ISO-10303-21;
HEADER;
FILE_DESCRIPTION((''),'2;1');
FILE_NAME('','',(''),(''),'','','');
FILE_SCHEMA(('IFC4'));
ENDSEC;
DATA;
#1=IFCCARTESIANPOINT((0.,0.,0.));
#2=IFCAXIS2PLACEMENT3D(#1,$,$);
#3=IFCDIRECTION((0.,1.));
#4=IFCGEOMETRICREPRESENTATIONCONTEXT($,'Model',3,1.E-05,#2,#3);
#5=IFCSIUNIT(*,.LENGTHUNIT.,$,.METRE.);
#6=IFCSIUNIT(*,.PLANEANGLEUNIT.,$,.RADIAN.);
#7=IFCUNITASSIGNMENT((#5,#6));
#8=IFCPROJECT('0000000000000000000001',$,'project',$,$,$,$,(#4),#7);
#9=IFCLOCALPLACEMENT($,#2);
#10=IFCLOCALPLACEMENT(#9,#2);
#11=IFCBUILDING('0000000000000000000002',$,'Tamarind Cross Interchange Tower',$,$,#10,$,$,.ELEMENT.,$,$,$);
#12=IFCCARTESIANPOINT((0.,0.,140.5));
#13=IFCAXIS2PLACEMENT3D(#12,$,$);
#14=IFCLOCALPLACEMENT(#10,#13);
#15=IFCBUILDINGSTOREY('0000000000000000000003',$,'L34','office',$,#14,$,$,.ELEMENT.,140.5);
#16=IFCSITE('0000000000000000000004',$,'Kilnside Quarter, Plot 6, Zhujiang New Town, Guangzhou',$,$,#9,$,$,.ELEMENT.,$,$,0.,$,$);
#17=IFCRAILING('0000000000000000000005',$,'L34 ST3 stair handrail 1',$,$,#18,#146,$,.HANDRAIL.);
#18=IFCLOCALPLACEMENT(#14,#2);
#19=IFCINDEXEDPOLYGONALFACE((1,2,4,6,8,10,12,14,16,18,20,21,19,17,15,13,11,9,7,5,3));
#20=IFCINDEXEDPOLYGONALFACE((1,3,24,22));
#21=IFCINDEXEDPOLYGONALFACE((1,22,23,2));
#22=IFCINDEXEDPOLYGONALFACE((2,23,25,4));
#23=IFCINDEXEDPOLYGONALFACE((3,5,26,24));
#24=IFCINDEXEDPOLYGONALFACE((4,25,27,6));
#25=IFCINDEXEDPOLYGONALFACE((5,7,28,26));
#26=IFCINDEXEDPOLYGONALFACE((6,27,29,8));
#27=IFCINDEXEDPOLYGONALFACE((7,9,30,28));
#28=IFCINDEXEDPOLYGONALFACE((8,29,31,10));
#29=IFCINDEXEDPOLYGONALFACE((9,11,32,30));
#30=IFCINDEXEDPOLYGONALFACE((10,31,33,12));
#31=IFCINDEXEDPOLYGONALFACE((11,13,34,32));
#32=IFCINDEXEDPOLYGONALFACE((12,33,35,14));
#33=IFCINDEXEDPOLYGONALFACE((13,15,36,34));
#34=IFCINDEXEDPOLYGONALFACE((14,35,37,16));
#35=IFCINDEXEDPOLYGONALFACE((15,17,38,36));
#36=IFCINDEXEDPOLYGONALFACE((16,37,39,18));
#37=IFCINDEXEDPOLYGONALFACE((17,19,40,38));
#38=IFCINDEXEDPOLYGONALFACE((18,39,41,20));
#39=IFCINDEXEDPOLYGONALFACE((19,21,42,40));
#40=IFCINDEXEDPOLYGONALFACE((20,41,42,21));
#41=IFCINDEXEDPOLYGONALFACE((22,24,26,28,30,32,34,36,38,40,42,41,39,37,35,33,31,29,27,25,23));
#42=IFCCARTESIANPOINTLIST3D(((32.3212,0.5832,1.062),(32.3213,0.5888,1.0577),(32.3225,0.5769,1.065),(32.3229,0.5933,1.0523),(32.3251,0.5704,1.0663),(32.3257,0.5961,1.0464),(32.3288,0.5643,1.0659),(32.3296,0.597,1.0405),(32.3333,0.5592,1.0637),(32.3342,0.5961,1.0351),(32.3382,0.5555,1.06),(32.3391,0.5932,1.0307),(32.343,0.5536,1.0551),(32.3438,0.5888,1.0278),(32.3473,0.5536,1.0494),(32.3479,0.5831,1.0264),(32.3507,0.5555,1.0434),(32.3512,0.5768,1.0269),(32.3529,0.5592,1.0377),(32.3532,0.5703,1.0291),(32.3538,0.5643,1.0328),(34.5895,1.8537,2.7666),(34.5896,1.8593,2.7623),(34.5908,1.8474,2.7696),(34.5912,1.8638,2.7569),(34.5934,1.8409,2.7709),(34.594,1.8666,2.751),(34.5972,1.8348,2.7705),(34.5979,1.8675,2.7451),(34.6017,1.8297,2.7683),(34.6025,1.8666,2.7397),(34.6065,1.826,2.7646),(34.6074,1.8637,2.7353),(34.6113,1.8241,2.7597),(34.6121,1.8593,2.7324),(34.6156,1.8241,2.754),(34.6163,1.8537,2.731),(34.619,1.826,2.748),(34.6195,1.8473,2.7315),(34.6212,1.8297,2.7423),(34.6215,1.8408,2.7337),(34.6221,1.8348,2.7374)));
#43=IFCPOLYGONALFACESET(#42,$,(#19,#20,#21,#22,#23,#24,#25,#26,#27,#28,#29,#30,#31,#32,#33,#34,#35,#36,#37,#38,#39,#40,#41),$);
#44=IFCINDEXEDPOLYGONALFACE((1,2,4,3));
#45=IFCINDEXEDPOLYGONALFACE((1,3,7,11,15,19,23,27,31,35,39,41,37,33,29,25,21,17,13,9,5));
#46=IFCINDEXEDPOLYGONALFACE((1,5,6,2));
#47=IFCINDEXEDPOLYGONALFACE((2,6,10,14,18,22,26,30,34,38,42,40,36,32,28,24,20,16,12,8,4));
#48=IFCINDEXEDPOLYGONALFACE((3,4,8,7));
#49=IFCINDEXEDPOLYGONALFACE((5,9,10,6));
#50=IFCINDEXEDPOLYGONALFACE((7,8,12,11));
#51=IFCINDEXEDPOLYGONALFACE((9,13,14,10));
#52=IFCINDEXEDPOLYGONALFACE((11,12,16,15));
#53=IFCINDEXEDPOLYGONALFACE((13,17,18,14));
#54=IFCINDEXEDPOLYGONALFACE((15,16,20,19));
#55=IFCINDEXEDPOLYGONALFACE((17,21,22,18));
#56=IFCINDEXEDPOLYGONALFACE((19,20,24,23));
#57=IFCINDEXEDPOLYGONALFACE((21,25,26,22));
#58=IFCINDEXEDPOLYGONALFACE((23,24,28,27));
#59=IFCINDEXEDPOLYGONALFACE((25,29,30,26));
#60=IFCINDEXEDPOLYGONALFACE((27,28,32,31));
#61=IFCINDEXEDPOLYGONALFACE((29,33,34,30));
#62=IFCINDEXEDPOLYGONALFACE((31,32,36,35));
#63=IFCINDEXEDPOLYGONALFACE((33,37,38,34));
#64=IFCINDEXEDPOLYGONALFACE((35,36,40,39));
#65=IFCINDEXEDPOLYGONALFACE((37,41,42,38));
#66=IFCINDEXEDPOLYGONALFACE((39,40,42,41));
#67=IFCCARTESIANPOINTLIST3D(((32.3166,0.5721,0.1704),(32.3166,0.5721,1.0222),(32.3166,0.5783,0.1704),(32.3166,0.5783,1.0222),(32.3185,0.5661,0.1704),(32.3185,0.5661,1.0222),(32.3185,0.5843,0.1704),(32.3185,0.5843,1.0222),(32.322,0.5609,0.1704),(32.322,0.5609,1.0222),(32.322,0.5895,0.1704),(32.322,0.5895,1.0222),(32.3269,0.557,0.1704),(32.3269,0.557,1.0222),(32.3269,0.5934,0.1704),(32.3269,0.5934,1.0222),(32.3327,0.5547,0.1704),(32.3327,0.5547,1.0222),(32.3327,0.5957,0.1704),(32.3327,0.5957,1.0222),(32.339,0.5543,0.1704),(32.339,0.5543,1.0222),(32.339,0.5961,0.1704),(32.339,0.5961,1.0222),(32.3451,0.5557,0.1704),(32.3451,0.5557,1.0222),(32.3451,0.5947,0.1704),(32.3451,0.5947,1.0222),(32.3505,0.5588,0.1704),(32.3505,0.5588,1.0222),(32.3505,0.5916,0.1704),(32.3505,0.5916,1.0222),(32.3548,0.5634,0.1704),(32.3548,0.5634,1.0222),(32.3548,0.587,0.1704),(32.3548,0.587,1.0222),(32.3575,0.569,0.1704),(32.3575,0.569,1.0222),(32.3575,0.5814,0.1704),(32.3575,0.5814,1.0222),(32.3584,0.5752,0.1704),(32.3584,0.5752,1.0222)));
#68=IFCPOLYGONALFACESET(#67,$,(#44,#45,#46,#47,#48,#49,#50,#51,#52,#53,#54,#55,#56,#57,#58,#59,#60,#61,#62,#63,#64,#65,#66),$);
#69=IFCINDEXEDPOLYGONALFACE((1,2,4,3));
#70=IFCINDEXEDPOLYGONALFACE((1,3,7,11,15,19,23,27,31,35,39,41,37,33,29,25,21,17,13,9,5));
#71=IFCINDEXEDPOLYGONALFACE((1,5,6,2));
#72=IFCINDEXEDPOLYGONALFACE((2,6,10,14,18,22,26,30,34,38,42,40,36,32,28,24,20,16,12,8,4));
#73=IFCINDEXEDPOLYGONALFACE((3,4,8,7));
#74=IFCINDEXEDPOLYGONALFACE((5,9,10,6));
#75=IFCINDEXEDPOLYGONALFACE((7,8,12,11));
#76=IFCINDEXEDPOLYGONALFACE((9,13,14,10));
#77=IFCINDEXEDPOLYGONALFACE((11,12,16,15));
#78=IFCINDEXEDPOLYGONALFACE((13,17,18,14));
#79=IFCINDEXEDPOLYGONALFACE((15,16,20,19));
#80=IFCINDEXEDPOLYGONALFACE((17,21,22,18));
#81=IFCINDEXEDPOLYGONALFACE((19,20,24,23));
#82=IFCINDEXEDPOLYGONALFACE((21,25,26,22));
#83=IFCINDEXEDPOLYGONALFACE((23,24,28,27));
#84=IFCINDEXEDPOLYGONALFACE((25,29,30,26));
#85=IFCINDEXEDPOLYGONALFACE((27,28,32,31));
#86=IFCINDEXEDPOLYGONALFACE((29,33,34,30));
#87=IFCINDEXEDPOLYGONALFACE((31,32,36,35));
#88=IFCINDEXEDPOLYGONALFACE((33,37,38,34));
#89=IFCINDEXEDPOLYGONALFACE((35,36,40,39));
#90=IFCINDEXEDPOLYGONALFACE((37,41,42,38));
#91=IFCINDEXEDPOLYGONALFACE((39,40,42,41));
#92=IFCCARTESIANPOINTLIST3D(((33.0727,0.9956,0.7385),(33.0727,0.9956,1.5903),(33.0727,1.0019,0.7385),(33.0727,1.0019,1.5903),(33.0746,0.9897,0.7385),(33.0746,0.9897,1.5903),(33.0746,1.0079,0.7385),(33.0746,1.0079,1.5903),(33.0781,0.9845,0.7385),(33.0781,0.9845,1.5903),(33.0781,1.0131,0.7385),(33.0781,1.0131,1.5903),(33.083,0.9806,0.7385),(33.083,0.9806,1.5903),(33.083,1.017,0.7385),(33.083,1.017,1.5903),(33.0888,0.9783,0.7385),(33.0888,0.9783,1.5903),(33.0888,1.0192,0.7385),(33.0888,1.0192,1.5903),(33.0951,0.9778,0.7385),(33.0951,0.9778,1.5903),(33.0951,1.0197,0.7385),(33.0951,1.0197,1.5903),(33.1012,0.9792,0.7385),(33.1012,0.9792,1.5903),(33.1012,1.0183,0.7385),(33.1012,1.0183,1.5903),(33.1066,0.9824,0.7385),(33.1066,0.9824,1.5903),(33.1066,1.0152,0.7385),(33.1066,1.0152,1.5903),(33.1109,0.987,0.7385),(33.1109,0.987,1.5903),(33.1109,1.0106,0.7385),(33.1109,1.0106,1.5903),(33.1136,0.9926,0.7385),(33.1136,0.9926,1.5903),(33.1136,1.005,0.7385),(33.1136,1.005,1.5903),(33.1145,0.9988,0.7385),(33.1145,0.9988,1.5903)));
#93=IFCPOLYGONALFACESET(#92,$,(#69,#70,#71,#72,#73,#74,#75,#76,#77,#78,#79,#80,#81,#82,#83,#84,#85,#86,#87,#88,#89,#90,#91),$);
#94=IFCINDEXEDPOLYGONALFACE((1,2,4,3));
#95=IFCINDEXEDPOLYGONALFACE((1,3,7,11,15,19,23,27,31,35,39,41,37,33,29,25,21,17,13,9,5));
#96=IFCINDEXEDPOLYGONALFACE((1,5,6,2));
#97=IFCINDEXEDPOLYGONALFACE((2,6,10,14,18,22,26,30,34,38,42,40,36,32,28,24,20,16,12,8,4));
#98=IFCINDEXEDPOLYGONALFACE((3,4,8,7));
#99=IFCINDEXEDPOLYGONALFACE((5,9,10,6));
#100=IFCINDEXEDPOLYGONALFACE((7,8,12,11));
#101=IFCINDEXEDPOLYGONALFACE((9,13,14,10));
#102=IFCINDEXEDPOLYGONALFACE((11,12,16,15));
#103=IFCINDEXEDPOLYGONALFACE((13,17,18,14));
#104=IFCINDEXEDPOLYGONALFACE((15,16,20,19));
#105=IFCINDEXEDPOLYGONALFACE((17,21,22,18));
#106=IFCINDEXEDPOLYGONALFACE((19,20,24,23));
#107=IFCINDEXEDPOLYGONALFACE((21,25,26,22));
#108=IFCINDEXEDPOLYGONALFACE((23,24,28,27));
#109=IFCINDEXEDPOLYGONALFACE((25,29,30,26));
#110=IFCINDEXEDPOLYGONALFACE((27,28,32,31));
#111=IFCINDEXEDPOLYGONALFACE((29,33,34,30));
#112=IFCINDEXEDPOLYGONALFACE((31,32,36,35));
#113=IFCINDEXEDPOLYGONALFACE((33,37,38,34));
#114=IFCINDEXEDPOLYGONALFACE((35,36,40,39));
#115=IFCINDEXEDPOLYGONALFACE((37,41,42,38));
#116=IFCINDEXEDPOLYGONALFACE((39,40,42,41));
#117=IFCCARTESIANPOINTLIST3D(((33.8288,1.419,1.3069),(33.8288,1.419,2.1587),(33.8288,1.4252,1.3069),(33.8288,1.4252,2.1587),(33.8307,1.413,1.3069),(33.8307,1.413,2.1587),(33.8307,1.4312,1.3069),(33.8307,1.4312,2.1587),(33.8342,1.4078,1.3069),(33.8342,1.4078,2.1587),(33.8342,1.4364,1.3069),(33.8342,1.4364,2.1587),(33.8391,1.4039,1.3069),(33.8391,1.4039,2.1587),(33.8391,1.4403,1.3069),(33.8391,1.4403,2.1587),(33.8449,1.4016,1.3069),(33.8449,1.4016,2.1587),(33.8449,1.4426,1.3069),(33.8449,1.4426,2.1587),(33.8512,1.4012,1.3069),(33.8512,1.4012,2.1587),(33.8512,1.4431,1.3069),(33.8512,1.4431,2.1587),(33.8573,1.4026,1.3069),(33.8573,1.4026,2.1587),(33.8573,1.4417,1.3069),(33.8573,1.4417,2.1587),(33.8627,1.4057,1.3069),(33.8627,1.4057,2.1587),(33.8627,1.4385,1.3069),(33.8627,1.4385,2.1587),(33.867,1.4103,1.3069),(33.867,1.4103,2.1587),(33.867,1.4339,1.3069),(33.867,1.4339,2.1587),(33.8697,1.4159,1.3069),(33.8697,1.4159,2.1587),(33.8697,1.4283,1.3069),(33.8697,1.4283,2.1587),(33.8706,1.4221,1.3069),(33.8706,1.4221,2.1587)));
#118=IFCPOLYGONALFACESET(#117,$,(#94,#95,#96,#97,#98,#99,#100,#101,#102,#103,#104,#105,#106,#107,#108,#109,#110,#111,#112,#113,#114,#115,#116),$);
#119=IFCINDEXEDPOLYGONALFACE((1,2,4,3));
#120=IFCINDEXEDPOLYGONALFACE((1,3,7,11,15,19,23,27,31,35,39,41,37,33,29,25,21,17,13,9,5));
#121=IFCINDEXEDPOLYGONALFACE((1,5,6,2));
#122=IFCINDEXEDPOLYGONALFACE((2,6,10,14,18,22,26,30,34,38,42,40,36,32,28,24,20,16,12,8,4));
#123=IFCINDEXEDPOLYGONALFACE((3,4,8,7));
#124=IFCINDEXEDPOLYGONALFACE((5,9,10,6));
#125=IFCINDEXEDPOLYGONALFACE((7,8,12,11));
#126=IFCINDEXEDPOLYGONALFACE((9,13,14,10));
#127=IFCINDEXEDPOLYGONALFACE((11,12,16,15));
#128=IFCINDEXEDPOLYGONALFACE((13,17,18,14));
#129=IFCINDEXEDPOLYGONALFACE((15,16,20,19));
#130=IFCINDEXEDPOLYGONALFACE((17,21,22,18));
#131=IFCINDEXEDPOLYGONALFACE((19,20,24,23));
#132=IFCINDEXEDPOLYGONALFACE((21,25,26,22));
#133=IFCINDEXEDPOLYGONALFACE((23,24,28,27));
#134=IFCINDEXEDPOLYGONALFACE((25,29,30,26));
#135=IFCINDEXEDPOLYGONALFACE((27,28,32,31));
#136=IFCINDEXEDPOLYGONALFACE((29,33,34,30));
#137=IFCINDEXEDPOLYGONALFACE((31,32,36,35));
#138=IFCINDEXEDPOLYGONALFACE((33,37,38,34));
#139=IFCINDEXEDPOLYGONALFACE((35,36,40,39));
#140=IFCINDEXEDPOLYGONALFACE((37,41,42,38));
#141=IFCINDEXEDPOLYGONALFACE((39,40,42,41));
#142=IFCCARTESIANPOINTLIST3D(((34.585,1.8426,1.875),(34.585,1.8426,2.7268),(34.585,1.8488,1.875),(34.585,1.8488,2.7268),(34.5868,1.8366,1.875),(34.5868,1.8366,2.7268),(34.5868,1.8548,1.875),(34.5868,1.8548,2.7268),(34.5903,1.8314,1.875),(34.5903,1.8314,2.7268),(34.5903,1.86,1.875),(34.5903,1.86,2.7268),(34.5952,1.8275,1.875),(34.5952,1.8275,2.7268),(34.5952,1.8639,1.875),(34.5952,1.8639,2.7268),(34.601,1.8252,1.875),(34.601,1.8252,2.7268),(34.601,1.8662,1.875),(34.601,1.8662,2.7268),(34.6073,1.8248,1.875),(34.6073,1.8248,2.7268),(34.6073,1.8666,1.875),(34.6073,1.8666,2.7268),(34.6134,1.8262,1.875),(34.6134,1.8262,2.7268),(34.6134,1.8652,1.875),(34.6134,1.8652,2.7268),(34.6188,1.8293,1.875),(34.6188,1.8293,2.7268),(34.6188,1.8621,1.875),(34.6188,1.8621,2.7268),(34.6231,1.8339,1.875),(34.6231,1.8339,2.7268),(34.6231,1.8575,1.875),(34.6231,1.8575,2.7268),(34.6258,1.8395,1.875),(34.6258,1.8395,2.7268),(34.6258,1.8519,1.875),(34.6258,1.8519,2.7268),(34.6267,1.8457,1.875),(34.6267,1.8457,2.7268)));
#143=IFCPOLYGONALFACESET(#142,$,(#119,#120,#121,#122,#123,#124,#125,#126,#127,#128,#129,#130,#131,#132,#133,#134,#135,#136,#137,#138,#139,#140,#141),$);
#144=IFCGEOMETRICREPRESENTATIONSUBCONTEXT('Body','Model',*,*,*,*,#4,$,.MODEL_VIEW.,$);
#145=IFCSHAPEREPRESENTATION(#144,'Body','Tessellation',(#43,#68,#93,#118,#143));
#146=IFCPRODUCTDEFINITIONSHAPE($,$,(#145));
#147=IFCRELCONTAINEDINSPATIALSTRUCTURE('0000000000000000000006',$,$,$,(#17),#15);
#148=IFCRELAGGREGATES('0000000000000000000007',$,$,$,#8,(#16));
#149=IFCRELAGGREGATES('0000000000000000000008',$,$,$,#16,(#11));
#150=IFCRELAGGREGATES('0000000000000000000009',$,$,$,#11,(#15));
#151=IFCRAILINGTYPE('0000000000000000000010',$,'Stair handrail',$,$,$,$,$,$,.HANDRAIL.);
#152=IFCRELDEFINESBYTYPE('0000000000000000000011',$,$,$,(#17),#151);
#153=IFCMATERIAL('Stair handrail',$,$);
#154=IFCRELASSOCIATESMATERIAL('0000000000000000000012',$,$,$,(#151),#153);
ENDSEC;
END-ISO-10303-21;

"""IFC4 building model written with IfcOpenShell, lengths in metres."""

from ifc_helpers import new_model, si_unit, direction, frame, origin, origin_2d, place, context, subcontext, project, spatial, circle, extrude, material, type_object, element, save


model = new_model("IFC4")

# Units and contexts
model_context = context("Model", 3, precision=1e-05, world=origin(), true_north=direction((0.0, 1.0)))
body_context = subcontext(model_context, "Body", "Model", "MODEL_VIEW")
ifc_project = project(units=[si_unit("LENGTHUNIT", "METRE"), si_unit("PLANEANGLEUNIT", "RADIAN")], contexts=[model_context])

# Site, building, storey
site_placement = place(None, origin())
site = spatial("IfcSite", under=ifc_project, at=site_placement, Name="Kilnside Quarter, Plot 6, Zhujiang New Town, Guangzhou", CompositionType="ELEMENT", RefElevation=0.0)
building_placement = place(site_placement, origin())
building = spatial("IfcBuilding", under=site, at=building_placement, Name="Tamarind Cross Interchange Tower", CompositionType="ELEMENT")
storey_placement = place(building_placement, frame((0.0, 0.0, 140.5)))
storey = spatial("IfcBuildingStorey", under=building, at=storey_placement, Name="L34", Description="office", CompositionType="ELEMENT", Elevation=140.5)

# Railing
ifc_material_1 = material(Name="Stair handrail")
railing_type_1 = type_object("IfcRailingType", Name="Stair handrail", PredefinedType="HANDRAIL", material=ifc_material_1)
railing_1_placement = place(storey_placement, frame((32.3374, 0.5752, 0.1704)))
element("IfcRailing", 1, at=railing_1_placement, inside=storey, type_object=railing_type_1, Name="L34 ST3 stair handrail 1", PredefinedType="HANDRAIL", context=body_context, shape_type="SweptSolid", body=[
    extrude(circle(Radius=0.0239, at=origin_2d()), frame((0.0, 0.0, 0.876), z_axis=(0.729626, 0.408672, 0.5483), x_axis=(-0.488678, 0.872464, 0.0)), (0.0, 0.0, 1.0), 3.1089),
    extrude(circle(Radius=0.021, at=origin_2d()), origin(), (0.0, 0.0, 1.0), 0.8518),
    extrude(circle(Radius=0.021, at=origin_2d()), frame((0.7561, 0.4236, 0.5681)), (0.0, 0.0, 1.0), 0.8518),
    extrude(circle(Radius=0.021, at=origin_2d()), frame((1.5122, 0.8469, 1.1365)), (0.0, 0.0, 1.0), 0.8518),
    extrude(circle(Radius=0.021, at=origin_2d()), frame((2.2683, 1.2705, 1.7046)), (0.0, 0.0, 1.0), 0.8518),
])

save(model, "model.ifc")
